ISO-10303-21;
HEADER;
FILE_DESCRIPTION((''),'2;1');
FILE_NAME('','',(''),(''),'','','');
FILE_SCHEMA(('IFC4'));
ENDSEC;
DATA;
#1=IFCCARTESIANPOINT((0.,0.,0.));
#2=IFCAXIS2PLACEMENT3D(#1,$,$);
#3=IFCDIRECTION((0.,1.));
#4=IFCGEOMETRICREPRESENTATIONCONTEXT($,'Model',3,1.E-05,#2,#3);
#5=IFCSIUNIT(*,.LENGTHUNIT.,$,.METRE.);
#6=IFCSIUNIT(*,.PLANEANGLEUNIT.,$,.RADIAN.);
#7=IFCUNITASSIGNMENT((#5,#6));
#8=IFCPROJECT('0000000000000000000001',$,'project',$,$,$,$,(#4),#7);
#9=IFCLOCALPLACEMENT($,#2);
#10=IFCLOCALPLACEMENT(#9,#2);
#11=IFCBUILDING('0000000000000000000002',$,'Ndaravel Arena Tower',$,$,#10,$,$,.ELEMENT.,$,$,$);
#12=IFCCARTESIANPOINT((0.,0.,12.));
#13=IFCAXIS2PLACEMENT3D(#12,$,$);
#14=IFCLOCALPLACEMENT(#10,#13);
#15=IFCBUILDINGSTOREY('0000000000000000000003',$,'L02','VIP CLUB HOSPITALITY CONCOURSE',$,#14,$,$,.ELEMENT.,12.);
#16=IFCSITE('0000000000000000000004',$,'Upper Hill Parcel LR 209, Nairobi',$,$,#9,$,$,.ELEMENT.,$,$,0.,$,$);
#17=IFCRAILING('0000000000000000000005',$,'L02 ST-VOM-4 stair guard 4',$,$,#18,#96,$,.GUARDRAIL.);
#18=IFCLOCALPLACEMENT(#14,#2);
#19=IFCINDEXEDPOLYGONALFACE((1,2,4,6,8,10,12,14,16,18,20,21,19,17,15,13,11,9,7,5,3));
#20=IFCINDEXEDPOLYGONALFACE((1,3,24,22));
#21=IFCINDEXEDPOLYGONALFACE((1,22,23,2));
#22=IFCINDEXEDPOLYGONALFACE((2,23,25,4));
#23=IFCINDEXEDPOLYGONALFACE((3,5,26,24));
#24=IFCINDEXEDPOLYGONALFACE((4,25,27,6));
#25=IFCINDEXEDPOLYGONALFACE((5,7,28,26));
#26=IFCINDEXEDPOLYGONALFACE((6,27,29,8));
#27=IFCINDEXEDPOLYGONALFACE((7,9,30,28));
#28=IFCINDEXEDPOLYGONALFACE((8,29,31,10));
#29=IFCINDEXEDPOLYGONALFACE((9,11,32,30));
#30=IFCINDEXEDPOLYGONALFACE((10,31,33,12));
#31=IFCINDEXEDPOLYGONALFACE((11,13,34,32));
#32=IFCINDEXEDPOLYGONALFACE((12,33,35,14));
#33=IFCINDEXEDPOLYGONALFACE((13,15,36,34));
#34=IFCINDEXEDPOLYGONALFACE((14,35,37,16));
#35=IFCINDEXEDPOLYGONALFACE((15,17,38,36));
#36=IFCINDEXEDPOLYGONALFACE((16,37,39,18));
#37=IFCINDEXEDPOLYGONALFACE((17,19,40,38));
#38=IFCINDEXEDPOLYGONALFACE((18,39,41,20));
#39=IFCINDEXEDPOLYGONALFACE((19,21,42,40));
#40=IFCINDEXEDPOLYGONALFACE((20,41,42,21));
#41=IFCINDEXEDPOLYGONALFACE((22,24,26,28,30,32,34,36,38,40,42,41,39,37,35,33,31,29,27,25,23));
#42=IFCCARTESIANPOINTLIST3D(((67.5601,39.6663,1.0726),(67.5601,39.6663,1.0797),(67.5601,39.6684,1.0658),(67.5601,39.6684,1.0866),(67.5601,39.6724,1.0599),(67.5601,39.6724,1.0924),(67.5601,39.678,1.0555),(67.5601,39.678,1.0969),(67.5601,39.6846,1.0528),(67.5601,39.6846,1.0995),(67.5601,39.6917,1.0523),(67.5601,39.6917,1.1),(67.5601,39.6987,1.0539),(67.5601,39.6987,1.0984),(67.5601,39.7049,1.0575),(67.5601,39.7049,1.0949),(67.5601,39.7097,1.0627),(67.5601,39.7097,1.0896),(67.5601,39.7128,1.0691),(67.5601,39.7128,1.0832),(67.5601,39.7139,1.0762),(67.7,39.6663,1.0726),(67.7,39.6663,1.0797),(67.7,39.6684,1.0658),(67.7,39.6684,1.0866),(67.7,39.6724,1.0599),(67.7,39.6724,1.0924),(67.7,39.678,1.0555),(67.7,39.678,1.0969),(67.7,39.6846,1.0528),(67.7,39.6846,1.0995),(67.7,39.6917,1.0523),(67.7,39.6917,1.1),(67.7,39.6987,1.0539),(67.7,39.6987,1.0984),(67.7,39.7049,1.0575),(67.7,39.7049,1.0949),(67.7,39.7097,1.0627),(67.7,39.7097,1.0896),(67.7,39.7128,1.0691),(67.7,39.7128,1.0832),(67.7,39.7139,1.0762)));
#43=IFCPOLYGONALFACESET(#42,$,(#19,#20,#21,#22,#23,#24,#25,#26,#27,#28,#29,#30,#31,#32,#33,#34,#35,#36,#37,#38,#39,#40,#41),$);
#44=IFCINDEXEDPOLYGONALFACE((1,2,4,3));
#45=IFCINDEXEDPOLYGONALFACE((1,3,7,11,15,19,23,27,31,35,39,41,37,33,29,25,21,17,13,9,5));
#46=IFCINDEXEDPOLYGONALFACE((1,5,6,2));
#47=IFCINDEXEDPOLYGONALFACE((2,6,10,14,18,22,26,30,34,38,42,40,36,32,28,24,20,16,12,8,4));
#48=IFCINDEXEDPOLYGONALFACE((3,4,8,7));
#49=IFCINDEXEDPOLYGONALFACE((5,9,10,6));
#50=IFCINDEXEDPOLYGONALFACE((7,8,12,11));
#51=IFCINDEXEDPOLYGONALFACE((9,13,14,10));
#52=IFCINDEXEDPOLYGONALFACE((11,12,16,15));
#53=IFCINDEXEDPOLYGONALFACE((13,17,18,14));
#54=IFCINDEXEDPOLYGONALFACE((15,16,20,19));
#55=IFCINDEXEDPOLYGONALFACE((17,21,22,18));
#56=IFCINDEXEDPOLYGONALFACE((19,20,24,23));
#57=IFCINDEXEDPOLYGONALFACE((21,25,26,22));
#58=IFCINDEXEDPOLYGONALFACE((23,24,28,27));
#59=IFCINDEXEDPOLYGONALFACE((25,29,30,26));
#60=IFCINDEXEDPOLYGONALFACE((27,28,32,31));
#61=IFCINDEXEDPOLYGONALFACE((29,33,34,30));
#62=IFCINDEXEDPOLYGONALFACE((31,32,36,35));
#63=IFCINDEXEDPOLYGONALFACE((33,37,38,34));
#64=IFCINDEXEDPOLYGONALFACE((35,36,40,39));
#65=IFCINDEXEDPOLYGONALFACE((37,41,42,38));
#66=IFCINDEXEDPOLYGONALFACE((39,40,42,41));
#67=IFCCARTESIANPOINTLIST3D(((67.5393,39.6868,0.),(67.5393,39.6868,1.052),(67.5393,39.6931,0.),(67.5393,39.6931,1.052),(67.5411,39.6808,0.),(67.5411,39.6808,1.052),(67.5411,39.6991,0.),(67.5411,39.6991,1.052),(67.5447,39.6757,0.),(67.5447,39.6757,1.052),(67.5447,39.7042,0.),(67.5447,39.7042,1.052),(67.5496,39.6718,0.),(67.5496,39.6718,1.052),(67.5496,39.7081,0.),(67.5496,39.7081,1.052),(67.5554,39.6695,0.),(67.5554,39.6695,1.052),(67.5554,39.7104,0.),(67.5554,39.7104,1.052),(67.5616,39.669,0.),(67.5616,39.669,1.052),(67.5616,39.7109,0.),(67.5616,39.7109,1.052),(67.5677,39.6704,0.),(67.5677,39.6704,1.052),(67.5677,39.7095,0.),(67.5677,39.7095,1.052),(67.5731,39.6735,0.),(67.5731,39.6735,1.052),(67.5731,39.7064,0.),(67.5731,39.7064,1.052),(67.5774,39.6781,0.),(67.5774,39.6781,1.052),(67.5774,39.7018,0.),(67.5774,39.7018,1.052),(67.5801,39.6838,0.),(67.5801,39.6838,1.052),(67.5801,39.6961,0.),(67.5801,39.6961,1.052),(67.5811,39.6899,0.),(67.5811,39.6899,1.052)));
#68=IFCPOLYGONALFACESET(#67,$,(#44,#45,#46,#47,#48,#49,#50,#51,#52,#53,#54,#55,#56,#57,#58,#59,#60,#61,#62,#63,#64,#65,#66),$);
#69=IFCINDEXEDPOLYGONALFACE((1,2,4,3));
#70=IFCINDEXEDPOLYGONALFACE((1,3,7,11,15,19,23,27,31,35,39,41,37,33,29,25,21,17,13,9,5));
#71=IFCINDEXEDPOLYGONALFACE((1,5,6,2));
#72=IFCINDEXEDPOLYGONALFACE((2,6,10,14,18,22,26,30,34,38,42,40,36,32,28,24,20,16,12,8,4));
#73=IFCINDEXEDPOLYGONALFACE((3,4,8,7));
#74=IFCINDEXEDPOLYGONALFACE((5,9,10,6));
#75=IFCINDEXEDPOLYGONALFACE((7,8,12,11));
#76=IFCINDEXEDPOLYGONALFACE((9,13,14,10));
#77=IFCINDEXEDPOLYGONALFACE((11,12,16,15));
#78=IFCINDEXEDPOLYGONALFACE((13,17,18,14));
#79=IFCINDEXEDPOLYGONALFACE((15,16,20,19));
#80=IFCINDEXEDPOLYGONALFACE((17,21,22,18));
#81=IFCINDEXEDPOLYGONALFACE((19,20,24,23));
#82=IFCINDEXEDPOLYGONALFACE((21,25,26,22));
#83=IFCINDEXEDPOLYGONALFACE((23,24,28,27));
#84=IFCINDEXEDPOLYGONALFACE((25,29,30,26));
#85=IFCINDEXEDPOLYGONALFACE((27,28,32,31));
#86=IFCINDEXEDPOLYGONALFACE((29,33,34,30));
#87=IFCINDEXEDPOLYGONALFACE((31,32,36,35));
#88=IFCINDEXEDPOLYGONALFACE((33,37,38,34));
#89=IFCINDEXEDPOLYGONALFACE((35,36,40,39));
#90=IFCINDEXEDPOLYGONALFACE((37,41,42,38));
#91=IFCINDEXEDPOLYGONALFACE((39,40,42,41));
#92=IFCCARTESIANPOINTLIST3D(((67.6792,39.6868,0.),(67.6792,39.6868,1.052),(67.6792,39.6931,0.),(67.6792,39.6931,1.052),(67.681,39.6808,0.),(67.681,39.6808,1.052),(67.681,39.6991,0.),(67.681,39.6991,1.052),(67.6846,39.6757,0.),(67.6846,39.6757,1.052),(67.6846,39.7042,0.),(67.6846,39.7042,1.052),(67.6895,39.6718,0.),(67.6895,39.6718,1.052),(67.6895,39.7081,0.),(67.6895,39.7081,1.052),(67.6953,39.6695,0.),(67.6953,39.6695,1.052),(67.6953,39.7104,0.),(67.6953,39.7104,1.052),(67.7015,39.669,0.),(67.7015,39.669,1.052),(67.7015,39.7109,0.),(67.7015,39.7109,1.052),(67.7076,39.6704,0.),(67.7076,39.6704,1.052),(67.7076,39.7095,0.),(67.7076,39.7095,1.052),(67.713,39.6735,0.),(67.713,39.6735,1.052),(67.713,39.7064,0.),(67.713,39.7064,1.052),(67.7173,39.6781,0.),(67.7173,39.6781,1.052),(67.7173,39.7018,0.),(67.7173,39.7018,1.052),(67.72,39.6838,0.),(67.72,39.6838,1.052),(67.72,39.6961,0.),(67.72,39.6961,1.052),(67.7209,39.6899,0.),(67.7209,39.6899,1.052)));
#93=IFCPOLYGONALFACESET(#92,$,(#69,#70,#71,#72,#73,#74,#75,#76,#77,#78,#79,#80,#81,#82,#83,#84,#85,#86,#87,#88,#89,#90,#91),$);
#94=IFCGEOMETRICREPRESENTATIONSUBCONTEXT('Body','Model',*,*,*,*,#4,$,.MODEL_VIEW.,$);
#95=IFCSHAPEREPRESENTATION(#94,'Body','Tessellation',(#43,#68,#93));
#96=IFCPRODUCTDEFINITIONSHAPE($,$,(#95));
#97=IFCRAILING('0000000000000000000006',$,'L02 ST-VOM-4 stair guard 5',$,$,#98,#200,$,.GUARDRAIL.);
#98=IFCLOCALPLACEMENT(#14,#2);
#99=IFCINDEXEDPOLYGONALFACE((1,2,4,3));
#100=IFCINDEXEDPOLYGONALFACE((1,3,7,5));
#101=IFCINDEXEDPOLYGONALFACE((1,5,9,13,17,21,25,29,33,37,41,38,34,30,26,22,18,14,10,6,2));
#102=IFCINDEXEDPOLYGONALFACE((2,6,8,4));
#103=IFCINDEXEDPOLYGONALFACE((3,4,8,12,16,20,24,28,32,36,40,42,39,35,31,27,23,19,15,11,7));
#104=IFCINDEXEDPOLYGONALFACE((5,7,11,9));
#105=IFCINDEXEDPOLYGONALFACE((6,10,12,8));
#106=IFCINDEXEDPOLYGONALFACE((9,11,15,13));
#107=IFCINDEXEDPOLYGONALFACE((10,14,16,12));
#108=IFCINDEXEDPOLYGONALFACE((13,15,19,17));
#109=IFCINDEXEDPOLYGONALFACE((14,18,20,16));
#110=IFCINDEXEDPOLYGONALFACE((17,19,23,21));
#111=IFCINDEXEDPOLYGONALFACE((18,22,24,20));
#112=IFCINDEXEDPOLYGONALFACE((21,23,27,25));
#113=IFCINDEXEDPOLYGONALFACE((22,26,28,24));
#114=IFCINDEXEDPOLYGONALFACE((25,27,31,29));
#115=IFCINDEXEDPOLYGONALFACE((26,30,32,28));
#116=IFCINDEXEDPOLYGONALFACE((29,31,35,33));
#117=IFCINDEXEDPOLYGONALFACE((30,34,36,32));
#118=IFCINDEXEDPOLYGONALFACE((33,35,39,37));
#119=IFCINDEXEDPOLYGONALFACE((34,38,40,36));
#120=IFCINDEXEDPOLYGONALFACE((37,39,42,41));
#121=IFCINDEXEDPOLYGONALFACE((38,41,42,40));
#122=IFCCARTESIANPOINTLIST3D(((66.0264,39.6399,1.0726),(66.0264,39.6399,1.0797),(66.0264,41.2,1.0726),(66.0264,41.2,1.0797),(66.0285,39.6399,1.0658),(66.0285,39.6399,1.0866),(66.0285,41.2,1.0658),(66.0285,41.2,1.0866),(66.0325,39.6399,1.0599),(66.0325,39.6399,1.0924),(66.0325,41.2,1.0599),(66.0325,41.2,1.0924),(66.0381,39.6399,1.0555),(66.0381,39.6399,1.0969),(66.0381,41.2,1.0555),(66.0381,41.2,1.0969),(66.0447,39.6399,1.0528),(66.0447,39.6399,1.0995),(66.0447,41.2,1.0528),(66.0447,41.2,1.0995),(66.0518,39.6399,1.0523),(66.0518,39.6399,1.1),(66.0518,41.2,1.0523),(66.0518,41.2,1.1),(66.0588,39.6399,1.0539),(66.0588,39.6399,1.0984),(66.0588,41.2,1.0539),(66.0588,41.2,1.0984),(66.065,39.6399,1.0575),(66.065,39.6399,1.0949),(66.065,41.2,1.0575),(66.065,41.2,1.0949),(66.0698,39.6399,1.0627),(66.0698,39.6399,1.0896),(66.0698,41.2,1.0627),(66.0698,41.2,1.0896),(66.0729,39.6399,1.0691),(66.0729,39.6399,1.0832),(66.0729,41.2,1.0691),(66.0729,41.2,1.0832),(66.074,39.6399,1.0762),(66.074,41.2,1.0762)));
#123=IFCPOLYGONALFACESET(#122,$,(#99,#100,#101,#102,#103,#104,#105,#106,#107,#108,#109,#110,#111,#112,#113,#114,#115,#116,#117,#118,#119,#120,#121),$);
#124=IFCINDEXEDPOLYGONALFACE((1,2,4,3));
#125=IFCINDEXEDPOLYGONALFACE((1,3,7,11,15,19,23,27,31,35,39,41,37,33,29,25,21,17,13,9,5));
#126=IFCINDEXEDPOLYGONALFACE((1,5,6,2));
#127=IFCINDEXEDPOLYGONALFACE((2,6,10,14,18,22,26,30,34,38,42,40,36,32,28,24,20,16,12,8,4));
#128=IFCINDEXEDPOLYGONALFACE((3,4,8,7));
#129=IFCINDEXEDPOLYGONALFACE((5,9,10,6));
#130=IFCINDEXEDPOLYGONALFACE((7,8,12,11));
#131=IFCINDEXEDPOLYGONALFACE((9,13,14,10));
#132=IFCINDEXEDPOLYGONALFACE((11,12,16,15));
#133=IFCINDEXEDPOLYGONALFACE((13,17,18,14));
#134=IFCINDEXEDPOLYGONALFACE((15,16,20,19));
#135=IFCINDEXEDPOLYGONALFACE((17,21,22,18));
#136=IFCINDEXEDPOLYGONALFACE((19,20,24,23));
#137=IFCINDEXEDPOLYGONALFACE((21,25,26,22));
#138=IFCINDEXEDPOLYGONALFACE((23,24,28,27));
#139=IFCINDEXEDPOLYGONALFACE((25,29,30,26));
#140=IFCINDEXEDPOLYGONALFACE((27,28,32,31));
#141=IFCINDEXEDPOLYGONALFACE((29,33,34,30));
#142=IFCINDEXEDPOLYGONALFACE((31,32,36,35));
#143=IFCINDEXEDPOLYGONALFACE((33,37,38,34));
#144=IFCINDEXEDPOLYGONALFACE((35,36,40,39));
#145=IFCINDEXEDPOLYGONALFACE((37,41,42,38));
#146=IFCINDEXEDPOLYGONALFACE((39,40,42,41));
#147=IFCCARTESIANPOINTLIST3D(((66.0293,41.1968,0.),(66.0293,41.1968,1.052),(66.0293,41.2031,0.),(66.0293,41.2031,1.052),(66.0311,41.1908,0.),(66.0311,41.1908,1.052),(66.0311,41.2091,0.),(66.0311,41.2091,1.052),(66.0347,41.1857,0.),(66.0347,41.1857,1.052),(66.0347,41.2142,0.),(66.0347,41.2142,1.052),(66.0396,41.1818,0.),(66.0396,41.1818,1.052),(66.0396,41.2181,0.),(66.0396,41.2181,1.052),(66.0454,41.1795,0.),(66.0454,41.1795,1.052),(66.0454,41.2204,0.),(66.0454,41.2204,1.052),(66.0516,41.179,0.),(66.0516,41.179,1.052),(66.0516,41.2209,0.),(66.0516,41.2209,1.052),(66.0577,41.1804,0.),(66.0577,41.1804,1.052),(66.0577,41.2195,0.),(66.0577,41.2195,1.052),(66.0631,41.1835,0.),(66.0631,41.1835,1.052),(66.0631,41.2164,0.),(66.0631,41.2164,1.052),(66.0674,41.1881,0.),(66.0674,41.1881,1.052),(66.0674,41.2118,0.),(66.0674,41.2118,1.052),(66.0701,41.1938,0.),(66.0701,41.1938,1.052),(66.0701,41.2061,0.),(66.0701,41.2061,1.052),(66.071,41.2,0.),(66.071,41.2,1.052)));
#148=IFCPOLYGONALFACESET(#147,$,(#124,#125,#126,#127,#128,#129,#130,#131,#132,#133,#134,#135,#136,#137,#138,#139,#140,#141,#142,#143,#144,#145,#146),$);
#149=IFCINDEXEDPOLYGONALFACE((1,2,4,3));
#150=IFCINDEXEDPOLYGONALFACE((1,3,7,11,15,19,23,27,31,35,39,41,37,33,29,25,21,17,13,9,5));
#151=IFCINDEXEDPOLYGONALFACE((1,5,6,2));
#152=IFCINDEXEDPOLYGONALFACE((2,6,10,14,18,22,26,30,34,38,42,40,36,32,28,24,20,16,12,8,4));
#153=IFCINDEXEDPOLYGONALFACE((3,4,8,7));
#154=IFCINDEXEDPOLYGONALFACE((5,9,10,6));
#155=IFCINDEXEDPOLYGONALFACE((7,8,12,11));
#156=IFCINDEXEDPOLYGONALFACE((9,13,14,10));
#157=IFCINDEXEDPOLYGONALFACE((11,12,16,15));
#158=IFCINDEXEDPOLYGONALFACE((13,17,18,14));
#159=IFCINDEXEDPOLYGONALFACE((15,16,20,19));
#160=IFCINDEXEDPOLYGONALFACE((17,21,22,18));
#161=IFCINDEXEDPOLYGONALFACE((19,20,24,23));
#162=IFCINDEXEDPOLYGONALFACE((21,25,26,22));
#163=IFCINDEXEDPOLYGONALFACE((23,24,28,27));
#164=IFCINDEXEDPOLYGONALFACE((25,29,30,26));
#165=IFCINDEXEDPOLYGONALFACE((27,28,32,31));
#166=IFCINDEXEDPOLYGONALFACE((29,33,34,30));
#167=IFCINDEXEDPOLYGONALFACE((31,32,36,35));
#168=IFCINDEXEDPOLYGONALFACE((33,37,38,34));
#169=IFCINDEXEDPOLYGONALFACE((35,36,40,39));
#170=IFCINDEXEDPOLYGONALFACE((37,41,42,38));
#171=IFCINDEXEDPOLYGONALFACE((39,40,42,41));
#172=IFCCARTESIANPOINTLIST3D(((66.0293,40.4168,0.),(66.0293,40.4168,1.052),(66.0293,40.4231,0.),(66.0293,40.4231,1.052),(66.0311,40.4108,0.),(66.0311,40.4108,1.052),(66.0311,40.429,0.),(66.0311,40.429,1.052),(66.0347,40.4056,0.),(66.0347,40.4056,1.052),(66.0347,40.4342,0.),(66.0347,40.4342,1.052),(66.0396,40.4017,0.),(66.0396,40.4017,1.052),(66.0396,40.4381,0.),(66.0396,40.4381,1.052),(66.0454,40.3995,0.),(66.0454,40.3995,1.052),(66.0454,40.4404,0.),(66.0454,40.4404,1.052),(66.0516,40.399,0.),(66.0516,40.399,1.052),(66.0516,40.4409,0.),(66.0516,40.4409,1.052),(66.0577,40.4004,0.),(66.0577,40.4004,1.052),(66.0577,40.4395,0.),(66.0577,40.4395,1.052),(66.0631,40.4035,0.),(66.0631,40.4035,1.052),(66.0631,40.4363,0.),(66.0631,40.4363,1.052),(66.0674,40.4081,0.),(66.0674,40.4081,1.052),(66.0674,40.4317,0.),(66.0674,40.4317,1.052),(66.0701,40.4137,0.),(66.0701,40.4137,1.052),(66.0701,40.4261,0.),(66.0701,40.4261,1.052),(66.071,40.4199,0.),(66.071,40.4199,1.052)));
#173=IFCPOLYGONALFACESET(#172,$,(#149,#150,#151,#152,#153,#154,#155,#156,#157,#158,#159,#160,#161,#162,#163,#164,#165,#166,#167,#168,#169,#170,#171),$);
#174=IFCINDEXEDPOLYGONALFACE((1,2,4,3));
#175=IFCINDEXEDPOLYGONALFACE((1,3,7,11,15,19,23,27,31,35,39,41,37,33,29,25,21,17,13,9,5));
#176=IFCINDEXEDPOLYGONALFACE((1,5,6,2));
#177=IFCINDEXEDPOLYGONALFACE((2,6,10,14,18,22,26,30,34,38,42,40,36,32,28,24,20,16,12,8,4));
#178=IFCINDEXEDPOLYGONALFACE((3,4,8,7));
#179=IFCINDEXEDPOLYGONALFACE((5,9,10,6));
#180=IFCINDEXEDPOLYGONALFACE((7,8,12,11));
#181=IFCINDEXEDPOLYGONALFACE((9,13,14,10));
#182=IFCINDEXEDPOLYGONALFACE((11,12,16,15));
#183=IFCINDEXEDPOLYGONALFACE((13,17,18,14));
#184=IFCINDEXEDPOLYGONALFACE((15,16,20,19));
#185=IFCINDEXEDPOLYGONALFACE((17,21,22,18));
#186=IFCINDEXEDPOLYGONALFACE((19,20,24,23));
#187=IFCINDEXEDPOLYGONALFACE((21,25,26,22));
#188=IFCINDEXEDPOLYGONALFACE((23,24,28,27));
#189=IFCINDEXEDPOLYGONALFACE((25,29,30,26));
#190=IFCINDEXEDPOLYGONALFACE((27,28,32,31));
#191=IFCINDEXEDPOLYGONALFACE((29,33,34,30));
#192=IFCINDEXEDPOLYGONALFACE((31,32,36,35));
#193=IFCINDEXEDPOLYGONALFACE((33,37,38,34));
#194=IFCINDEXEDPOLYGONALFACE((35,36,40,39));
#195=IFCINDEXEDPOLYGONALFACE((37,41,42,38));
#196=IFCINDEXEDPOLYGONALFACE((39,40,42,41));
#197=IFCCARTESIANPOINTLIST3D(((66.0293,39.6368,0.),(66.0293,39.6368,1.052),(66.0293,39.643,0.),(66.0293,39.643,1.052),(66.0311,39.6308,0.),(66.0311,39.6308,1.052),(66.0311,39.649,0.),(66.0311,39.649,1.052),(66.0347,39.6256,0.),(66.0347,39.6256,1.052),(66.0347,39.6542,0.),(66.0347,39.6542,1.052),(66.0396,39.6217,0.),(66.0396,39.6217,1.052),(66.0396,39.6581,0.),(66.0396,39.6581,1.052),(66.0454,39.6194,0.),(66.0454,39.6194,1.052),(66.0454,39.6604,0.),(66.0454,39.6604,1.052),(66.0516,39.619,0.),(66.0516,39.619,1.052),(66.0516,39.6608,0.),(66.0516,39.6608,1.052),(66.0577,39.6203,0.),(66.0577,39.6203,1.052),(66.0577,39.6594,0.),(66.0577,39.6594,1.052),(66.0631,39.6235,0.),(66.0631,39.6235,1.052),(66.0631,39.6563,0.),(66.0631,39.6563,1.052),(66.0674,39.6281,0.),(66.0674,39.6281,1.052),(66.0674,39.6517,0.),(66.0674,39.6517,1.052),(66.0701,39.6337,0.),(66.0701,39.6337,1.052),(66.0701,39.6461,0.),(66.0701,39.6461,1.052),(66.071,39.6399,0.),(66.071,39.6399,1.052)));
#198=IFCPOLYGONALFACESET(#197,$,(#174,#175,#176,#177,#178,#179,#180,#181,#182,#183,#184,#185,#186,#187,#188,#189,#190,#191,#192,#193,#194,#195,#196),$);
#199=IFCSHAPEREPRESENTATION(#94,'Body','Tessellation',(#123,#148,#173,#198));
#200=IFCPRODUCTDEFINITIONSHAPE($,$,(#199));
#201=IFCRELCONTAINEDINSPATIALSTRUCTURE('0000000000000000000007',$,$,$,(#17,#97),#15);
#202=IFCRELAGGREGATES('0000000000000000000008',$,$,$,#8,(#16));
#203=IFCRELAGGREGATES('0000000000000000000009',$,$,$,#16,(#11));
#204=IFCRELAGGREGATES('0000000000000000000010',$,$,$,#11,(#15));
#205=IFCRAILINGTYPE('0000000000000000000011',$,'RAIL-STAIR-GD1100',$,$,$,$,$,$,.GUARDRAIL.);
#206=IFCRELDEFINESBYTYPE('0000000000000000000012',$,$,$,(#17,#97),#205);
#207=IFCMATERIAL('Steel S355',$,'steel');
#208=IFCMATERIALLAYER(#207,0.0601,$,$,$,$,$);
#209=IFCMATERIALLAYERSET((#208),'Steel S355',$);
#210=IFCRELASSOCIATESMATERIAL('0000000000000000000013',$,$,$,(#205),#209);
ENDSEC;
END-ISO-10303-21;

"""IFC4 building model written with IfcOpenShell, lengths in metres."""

from ifc_helpers import new_model, si_unit, direction, frame, origin, origin_2d, place, context, subcontext, project, spatial, circle, extrude, material, layer, layer_set, type_object, element, save


model = new_model("IFC4")

# Units and contexts
model_context = context("Model", 3, precision=1e-05, world=origin(), true_north=direction((0.0, 1.0)))
body_context = subcontext(model_context, "Body", "Model", "MODEL_VIEW")
ifc_project = project(units=[si_unit("LENGTHUNIT", "METRE"), si_unit("PLANEANGLEUNIT", "RADIAN")], contexts=[model_context])

# Site, building, storey
site_placement = place(None, origin())
site = spatial("IfcSite", under=ifc_project, at=site_placement, Name="Upper Hill Parcel LR 209, Nairobi", CompositionType="ELEMENT", RefElevation=0.0)
building_placement = place(site_placement, origin())
building = spatial("IfcBuilding", under=site, at=building_placement, Name="Ndaravel Arena Tower", CompositionType="ELEMENT")
storey_placement = place(building_placement, frame((0.0, 0.0, 12.0)))
storey = spatial("IfcBuildingStorey", under=building, at=storey_placement, Name="L02", Description="VIP CLUB HOSPITALITY CONCOURSE", CompositionType="ELEMENT", Elevation=12.0)

# Railings
ifc_material_1 = material(Name="Steel S355", Category="steel")
ifc_layer_1 = layer(ifc_material_1, 0.0601)
ifc_layer_set_1 = layer_set([ifc_layer_1], Name="Steel S355")
railing_type_1 = type_object("IfcRailingType", Name="RAIL-STAIR-GD1100", PredefinedType="GUARDRAIL", material=ifc_layer_set_1)
railing_1_placement = place(storey_placement, frame((67.5601, 39.6899, 0.0)))
element("IfcRailing", 1, at=railing_1_placement, inside=storey, type_object=railing_type_1, Name="L02 ST-VOM-4 stair guard 4", PredefinedType="GUARDRAIL", context=body_context, shape_type="SweptSolid", body=[
    extrude(circle(Radius=0.0239, at=origin_2d()), frame((0.0, 0.0, 1.0762), z_axis=(1.0, 0.0, 0.0), x_axis=(0.0, 1.0, 0.0)), (0.0, 0.0, 1.0), 0.1399),
    extrude(circle(Radius=0.021, at=origin_2d()), origin(), (0.0, 0.0, 1.0), 1.052),
    extrude(circle(Radius=0.021, at=origin_2d()), frame((0.1399, 0.0, 0.0)), (0.0, 0.0, 1.0), 1.052),
])
railing_2_placement = place(storey_placement, frame((66.05, 41.2, 0.0)))
element("IfcRailing", 2, at=railing_2_placement, inside=storey, type_object=railing_type_1, Name="L02 ST-VOM-4 stair guard 5", PredefinedType="GUARDRAIL", context=body_context, shape_type="SweptSolid", body=[
    extrude(circle(Radius=0.0239, at=origin_2d()), frame((0.0, 0.0, 1.0762), z_axis=(0.0, -1.0, 0.0), x_axis=(1.0, 0.0, 0.0)), (0.0, 0.0, 1.0), 1.5601),
    extrude(circle(Radius=0.021, at=origin_2d()), origin(), (0.0, 0.0, 1.0), 1.052),
    extrude(circle(Radius=0.021, at=origin_2d()), frame((0.0, -0.78, 0.0)), (0.0, 0.0, 1.0), 1.052),
    extrude(circle(Radius=0.021, at=origin_2d()), frame((0.0, -1.5601, 0.0)), (0.0, 0.0, 1.0), 1.052),
])

save(model, "model.ifc")
